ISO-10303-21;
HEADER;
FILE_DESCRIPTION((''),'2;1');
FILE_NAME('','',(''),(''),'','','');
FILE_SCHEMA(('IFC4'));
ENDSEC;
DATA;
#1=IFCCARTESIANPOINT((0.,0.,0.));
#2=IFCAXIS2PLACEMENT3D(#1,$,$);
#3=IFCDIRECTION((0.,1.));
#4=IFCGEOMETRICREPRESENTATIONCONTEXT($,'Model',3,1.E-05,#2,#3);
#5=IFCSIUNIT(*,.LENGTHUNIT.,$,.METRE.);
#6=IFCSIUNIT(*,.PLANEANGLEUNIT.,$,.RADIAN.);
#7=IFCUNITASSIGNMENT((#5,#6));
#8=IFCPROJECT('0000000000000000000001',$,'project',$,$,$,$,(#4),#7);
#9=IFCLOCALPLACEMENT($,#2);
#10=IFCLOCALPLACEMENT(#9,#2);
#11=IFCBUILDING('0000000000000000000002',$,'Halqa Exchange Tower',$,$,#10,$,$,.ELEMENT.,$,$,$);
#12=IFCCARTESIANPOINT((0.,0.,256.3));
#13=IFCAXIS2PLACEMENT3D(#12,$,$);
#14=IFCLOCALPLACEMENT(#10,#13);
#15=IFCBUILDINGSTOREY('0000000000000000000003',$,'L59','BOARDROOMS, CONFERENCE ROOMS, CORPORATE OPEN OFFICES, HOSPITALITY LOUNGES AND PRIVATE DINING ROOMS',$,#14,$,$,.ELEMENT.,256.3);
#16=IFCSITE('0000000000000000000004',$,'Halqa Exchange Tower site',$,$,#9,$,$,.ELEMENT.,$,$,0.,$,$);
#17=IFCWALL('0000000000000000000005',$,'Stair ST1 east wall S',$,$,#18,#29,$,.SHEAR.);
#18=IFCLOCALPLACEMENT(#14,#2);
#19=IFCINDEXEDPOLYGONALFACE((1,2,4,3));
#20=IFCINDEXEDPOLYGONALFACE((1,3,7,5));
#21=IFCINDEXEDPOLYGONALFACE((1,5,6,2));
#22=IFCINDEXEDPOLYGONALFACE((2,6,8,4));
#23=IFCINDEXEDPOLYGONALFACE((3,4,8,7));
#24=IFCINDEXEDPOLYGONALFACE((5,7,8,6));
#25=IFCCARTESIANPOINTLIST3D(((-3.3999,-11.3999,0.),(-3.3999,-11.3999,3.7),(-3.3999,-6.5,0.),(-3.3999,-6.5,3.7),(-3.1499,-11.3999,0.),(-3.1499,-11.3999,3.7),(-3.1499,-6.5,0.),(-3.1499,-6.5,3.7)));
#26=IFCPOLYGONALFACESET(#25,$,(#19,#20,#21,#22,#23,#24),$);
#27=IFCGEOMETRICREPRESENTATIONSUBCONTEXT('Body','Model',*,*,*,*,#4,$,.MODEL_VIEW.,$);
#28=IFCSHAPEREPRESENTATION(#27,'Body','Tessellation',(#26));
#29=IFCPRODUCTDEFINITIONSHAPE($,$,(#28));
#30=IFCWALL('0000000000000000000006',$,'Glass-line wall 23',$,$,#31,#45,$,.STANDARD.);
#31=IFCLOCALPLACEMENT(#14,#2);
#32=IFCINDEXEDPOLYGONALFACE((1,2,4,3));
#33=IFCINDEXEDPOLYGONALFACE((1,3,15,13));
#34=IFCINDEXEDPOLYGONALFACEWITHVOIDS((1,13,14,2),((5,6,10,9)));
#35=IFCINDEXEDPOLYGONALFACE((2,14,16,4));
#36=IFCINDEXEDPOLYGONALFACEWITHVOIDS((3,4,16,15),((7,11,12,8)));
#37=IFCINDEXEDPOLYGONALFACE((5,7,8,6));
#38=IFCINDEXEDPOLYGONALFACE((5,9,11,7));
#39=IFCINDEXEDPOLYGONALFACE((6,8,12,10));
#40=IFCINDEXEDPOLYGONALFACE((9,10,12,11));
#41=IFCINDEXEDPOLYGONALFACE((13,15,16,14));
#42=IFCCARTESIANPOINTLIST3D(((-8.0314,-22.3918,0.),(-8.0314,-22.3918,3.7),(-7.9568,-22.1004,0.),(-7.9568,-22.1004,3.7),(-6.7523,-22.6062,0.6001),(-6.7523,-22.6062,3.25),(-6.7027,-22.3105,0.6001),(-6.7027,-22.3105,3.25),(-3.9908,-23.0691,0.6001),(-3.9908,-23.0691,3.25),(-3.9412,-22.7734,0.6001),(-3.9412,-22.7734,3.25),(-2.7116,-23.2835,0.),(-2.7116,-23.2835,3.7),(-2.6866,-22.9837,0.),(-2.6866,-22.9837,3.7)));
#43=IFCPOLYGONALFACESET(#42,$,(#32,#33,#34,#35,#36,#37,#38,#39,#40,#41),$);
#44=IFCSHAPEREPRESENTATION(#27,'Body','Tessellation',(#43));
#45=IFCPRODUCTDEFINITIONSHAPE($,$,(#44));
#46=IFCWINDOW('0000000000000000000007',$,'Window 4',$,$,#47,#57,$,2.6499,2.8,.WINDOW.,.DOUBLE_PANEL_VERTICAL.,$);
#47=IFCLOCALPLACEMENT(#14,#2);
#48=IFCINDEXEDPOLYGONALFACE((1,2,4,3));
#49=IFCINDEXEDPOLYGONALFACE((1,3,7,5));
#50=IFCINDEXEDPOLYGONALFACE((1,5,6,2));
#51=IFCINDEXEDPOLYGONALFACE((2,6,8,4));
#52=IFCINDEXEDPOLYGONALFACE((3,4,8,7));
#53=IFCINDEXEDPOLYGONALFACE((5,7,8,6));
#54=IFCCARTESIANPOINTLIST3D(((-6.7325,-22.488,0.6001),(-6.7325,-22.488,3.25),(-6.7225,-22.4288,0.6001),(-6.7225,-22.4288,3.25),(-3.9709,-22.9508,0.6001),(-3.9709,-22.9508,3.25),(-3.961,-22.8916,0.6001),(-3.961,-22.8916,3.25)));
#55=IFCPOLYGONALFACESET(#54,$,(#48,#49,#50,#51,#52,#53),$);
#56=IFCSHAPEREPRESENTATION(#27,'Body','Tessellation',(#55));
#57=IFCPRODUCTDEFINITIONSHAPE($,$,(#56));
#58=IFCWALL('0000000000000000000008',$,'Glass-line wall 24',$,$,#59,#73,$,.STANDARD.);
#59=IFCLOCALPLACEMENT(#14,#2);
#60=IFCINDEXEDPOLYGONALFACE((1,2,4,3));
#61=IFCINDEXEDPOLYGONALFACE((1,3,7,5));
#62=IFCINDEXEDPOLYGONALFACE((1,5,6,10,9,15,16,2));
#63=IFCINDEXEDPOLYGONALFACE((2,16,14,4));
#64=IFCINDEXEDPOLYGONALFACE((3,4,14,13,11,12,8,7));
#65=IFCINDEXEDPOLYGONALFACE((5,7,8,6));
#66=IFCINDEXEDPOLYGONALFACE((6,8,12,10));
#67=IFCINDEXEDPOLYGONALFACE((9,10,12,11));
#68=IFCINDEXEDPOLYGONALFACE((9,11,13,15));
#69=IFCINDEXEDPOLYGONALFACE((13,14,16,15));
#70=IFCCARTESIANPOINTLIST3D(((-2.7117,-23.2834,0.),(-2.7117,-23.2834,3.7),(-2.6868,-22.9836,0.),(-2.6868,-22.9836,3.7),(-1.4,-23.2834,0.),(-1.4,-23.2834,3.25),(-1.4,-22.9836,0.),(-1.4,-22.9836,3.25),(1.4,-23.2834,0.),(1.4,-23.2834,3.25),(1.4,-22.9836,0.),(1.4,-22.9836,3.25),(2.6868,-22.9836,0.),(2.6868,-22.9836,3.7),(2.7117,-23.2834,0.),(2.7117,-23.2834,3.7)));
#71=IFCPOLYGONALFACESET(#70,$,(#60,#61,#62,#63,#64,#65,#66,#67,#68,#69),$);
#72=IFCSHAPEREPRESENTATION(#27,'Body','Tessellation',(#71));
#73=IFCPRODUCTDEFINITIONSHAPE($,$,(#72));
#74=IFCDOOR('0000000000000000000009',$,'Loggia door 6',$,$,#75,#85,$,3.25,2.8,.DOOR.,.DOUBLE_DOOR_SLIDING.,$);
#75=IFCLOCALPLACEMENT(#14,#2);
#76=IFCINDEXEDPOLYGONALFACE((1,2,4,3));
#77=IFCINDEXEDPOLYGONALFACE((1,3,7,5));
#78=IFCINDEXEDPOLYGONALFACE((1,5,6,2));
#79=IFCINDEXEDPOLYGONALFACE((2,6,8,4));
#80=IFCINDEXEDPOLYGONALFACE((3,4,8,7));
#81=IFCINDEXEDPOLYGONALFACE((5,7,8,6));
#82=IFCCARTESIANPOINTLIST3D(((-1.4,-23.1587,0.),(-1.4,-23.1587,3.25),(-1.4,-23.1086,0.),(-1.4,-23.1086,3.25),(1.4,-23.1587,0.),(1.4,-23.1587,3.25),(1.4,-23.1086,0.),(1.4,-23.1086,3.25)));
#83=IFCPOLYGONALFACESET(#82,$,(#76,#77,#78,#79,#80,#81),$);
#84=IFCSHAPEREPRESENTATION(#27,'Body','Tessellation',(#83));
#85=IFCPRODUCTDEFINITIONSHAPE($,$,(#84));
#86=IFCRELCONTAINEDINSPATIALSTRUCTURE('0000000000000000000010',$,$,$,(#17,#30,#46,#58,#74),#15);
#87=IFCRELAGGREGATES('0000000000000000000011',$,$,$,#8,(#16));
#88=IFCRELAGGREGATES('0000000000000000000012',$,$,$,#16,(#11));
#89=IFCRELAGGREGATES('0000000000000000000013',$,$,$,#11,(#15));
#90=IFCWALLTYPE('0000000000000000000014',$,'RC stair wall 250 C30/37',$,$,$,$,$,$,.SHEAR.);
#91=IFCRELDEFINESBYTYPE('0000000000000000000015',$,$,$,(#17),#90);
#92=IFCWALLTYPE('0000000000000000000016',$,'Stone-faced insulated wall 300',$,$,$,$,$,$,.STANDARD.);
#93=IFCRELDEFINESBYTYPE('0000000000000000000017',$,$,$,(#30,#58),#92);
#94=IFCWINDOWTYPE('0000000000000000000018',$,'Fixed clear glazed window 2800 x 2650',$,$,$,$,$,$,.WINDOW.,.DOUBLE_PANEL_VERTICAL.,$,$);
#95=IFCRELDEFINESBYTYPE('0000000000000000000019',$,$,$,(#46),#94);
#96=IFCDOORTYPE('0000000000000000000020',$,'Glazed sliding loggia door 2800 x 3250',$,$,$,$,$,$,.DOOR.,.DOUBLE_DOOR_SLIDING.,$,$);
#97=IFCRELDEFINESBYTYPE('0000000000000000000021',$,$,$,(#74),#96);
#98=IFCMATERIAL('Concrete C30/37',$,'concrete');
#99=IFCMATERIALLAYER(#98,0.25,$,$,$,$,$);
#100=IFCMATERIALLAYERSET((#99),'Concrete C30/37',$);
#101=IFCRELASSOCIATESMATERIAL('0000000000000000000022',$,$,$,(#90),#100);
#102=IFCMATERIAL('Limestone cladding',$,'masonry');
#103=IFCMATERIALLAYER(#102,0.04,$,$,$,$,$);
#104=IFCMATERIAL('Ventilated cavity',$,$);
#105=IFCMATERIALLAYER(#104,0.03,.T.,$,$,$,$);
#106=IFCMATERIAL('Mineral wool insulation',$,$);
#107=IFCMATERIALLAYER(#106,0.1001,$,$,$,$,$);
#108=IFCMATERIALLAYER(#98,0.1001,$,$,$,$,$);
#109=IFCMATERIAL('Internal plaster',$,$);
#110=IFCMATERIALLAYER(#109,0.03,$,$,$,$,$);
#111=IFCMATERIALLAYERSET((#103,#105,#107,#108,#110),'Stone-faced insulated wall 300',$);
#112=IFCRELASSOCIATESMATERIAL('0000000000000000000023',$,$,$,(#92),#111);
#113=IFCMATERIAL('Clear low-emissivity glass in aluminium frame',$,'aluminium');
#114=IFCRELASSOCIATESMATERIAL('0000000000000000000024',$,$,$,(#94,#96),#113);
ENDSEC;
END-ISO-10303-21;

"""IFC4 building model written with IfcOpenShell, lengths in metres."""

from ifc_helpers import new_model, si_unit, direction, frame, frame_2d, origin, place, context, subcontext, project, spatial, polyline, rectangle, outline, extrude, material, layer, layer_set, type_object, element, fill, save


model = new_model("IFC4")

# Units and contexts
model_context = context("Model", 3, precision=1e-05, world=origin(), true_north=direction((0.0, 1.0)))
body_context = subcontext(model_context, "Body", "Model", "MODEL_VIEW")
ifc_project = project(units=[si_unit("LENGTHUNIT", "METRE"), si_unit("PLANEANGLEUNIT", "RADIAN")], contexts=[model_context])

# Site, building, storey
site_placement = place(None, origin())
site = spatial("IfcSite", under=ifc_project, at=site_placement, Name="Halqa Exchange Tower site", CompositionType="ELEMENT", RefElevation=0.0)
building_placement = place(site_placement, origin())
building = spatial("IfcBuilding", under=site, at=building_placement, Name="Halqa Exchange Tower", CompositionType="ELEMENT")
storey_placement = place(building_placement, frame((0.0, 0.0, 256.3)))
storey = spatial("IfcBuildingStorey", under=building, at=storey_placement, Name="L59", Description="BOARDROOMS, CONFERENCE ROOMS, CORPORATE OPEN OFFICES, HOSPITALITY LOUNGES AND PRIVATE DINING ROOMS", CompositionType="ELEMENT", Elevation=256.3)

# Wall
ifc_material_1 = material(Name="Concrete C30/37", Category="concrete")
ifc_layer_1 = layer(ifc_material_1, 0.25)
ifc_layer_set_1 = layer_set([ifc_layer_1], Name="Concrete C30/37")
wall_type_1 = type_object("IfcWallType", Name="RC stair wall 250 C30/37", PredefinedType="SHEAR", material=ifc_layer_set_1)
wall_1_placement = place(storey_placement, frame((-3.2749, -11.3999, 0.0), z_axis=(0.0, 0.0, 1.0), x_axis=(0.0, 1.0, 0.0)))
element("IfcWall", 1, at=wall_1_placement, inside=storey, type_object=wall_type_1, Name="Stair ST1 east wall S", PredefinedType="SHEAR", context=body_context, shape_type="SweptSolid", body=[
    extrude(rectangle(XDim=4.8999, YDim=0.25, at=frame_2d((2.45, 0.0))), origin(), (0.0, 0.0, 1.0), 3.7),
])

# Wall, opening, window
ifc_material_2 = material(Name="Limestone cladding", Category="masonry")
ifc_layer_2 = layer(ifc_material_2, 0.04)
ifc_material_3 = material(Name="Ventilated cavity")
ifc_layer_3 = layer(ifc_material_3, 0.03, ventilated=True)
ifc_material_4 = material(Name="Mineral wool insulation")
ifc_layer_4 = layer(ifc_material_4, 0.1001)
ifc_layer_5 = layer(ifc_material_1, 0.1001)
ifc_material_5 = material(Name="Internal plaster")
ifc_layer_6 = layer(ifc_material_5, 0.03)
ifc_layer_set_2 = layer_set([ifc_layer_2, ifc_layer_3, ifc_layer_4, ifc_layer_5, ifc_layer_6], Name="Stone-faced insulated wall 300")
wall_type_2 = type_object("IfcWallType", Name="Stone-faced insulated wall 300", PredefinedType="STANDARD", material=ifc_layer_set_2)
wall_2_placement = place(storey_placement, frame((-7.9941, -22.2461, 0.0), z_axis=(0.0, 0.0, 1.0), x_axis=(0.986244, -0.165299, 0.0)))
wall_2 = element("IfcWall", 2, at=wall_2_placement, inside=storey, type_object=wall_type_2, Name="Glass-line wall 23", PredefinedType="STANDARD", context=body_context, shape_type="SweptSolid", body=[
    extrude(outline(polyline([(-0.0127, -0.1499), (5.3813, -0.1499), (5.3564, 0.1499), (0.0127, 0.1499), (-0.0127, -0.1499)])), origin(), (0.0, 0.0, 1.0), 3.7),
])
opening_1_placement = place(wall_2_placement, frame((1.2844, 0.0, 0.6001)))
opening_1 = element("IfcOpeningElement", 3, at=opening_1_placement, cuts=wall_2, PredefinedType="OPENING", context=body_context, shape_type="SweptSolid", body=[
    extrude(rectangle(XDim=2.8, YDim=2.6499, at=frame_2d((1.3999, 1.325))), frame((0.0, 0.1621, 0.0), z_axis=(0.0, -1.0, 0.0), x_axis=(1.0, 0.0, 0.0)), (0.0, 0.0, 1.0), 0.324),
])
ifc_material_6 = material(Name="Clear low-emissivity glass in aluminium frame", Category="aluminium")
window_type = type_object("IfcWindowType", Name="Fixed clear glazed window 2800 x 2650", PartitioningType="DOUBLE_PANEL_VERTICAL", PredefinedType="WINDOW", material=ifc_material_6)
window_placement = place(opening_1_placement, origin())
window = element("IfcWindow", 4, at=window_placement, inside=storey, type_object=window_type, Name="Window 4", OverallHeight=2.6499, OverallWidth=2.8, PartitioningType="DOUBLE_PANEL_VERTICAL", PredefinedType="WINDOW", context=body_context, shape_type="SweptSolid", body=[
    extrude(rectangle(XDim=2.8, YDim=2.6499, at=frame_2d((1.3999, 1.325))), frame((0.0, 0.03, 0.0), z_axis=(0.0, -1.0, 0.0), x_axis=(1.0, 0.0, 0.0)), (0.0, 0.0, 1.0), 0.0601),
])
fill(opening_1, window)

# Wall, opening, door
wall_3_placement = place(storey_placement, frame((-2.6992, -23.1335, 0.0), z_axis=(0.0, 0.0, 1.0), x_axis=(1.0, 0.0, 0.0)))
wall_3 = element("IfcWall", 5, at=wall_3_placement, inside=storey, type_object=wall_type_2, Name="Glass-line wall 24", PredefinedType="STANDARD", context=body_context, shape_type="SweptSolid", body=[
    extrude(outline(polyline([(-0.0125, -0.1499), (5.4109, -0.1499), (5.386, 0.1499), (0.0125, 0.1499), (-0.0125, -0.1499)])), origin(), (0.0, 0.0, 1.0), 3.7),
])
opening_2_placement = place(wall_3_placement, frame((1.2993, 0.0, 0.0)))
opening_2 = element("IfcOpeningElement", 6, at=opening_2_placement, cuts=wall_3, PredefinedType="OPENING", context=body_context, shape_type="SweptSolid", body=[
    extrude(rectangle(XDim=2.8, YDim=3.25, at=frame_2d((1.3999, 1.625))), frame((0.0, 0.1621, 0.0), z_axis=(0.0, -1.0, 0.0), x_axis=(1.0, 0.0, 0.0)), (0.0, 0.0, 1.0), 0.324),
])
door_type_1 = type_object("IfcDoorType", Name="Glazed sliding loggia door 2800 x 3250", OperationType="DOUBLE_DOOR_SLIDING", PredefinedType="DOOR", material=ifc_material_6)
door_1_placement = place(opening_2_placement, origin())
door_1 = element("IfcDoor", 7, at=door_1_placement, inside=storey, type_object=door_type_1, Name="Loggia door 6", OperationType="DOUBLE_DOOR_SLIDING", OverallHeight=3.25, OverallWidth=2.8, PredefinedType="DOOR", context=body_context, shape_type="SweptSolid", body=[
    extrude(rectangle(XDim=2.8, YDim=3.25, at=frame_2d((1.3999, 1.625))), frame((0.0, 0.0249, 0.0), z_axis=(0.0, -1.0, 0.0), x_axis=(1.0, 0.0, 0.0)), (0.0, 0.0, 1.0), 0.05),
])
fill(opening_2, door_1)

save(model, "model.ifc")
